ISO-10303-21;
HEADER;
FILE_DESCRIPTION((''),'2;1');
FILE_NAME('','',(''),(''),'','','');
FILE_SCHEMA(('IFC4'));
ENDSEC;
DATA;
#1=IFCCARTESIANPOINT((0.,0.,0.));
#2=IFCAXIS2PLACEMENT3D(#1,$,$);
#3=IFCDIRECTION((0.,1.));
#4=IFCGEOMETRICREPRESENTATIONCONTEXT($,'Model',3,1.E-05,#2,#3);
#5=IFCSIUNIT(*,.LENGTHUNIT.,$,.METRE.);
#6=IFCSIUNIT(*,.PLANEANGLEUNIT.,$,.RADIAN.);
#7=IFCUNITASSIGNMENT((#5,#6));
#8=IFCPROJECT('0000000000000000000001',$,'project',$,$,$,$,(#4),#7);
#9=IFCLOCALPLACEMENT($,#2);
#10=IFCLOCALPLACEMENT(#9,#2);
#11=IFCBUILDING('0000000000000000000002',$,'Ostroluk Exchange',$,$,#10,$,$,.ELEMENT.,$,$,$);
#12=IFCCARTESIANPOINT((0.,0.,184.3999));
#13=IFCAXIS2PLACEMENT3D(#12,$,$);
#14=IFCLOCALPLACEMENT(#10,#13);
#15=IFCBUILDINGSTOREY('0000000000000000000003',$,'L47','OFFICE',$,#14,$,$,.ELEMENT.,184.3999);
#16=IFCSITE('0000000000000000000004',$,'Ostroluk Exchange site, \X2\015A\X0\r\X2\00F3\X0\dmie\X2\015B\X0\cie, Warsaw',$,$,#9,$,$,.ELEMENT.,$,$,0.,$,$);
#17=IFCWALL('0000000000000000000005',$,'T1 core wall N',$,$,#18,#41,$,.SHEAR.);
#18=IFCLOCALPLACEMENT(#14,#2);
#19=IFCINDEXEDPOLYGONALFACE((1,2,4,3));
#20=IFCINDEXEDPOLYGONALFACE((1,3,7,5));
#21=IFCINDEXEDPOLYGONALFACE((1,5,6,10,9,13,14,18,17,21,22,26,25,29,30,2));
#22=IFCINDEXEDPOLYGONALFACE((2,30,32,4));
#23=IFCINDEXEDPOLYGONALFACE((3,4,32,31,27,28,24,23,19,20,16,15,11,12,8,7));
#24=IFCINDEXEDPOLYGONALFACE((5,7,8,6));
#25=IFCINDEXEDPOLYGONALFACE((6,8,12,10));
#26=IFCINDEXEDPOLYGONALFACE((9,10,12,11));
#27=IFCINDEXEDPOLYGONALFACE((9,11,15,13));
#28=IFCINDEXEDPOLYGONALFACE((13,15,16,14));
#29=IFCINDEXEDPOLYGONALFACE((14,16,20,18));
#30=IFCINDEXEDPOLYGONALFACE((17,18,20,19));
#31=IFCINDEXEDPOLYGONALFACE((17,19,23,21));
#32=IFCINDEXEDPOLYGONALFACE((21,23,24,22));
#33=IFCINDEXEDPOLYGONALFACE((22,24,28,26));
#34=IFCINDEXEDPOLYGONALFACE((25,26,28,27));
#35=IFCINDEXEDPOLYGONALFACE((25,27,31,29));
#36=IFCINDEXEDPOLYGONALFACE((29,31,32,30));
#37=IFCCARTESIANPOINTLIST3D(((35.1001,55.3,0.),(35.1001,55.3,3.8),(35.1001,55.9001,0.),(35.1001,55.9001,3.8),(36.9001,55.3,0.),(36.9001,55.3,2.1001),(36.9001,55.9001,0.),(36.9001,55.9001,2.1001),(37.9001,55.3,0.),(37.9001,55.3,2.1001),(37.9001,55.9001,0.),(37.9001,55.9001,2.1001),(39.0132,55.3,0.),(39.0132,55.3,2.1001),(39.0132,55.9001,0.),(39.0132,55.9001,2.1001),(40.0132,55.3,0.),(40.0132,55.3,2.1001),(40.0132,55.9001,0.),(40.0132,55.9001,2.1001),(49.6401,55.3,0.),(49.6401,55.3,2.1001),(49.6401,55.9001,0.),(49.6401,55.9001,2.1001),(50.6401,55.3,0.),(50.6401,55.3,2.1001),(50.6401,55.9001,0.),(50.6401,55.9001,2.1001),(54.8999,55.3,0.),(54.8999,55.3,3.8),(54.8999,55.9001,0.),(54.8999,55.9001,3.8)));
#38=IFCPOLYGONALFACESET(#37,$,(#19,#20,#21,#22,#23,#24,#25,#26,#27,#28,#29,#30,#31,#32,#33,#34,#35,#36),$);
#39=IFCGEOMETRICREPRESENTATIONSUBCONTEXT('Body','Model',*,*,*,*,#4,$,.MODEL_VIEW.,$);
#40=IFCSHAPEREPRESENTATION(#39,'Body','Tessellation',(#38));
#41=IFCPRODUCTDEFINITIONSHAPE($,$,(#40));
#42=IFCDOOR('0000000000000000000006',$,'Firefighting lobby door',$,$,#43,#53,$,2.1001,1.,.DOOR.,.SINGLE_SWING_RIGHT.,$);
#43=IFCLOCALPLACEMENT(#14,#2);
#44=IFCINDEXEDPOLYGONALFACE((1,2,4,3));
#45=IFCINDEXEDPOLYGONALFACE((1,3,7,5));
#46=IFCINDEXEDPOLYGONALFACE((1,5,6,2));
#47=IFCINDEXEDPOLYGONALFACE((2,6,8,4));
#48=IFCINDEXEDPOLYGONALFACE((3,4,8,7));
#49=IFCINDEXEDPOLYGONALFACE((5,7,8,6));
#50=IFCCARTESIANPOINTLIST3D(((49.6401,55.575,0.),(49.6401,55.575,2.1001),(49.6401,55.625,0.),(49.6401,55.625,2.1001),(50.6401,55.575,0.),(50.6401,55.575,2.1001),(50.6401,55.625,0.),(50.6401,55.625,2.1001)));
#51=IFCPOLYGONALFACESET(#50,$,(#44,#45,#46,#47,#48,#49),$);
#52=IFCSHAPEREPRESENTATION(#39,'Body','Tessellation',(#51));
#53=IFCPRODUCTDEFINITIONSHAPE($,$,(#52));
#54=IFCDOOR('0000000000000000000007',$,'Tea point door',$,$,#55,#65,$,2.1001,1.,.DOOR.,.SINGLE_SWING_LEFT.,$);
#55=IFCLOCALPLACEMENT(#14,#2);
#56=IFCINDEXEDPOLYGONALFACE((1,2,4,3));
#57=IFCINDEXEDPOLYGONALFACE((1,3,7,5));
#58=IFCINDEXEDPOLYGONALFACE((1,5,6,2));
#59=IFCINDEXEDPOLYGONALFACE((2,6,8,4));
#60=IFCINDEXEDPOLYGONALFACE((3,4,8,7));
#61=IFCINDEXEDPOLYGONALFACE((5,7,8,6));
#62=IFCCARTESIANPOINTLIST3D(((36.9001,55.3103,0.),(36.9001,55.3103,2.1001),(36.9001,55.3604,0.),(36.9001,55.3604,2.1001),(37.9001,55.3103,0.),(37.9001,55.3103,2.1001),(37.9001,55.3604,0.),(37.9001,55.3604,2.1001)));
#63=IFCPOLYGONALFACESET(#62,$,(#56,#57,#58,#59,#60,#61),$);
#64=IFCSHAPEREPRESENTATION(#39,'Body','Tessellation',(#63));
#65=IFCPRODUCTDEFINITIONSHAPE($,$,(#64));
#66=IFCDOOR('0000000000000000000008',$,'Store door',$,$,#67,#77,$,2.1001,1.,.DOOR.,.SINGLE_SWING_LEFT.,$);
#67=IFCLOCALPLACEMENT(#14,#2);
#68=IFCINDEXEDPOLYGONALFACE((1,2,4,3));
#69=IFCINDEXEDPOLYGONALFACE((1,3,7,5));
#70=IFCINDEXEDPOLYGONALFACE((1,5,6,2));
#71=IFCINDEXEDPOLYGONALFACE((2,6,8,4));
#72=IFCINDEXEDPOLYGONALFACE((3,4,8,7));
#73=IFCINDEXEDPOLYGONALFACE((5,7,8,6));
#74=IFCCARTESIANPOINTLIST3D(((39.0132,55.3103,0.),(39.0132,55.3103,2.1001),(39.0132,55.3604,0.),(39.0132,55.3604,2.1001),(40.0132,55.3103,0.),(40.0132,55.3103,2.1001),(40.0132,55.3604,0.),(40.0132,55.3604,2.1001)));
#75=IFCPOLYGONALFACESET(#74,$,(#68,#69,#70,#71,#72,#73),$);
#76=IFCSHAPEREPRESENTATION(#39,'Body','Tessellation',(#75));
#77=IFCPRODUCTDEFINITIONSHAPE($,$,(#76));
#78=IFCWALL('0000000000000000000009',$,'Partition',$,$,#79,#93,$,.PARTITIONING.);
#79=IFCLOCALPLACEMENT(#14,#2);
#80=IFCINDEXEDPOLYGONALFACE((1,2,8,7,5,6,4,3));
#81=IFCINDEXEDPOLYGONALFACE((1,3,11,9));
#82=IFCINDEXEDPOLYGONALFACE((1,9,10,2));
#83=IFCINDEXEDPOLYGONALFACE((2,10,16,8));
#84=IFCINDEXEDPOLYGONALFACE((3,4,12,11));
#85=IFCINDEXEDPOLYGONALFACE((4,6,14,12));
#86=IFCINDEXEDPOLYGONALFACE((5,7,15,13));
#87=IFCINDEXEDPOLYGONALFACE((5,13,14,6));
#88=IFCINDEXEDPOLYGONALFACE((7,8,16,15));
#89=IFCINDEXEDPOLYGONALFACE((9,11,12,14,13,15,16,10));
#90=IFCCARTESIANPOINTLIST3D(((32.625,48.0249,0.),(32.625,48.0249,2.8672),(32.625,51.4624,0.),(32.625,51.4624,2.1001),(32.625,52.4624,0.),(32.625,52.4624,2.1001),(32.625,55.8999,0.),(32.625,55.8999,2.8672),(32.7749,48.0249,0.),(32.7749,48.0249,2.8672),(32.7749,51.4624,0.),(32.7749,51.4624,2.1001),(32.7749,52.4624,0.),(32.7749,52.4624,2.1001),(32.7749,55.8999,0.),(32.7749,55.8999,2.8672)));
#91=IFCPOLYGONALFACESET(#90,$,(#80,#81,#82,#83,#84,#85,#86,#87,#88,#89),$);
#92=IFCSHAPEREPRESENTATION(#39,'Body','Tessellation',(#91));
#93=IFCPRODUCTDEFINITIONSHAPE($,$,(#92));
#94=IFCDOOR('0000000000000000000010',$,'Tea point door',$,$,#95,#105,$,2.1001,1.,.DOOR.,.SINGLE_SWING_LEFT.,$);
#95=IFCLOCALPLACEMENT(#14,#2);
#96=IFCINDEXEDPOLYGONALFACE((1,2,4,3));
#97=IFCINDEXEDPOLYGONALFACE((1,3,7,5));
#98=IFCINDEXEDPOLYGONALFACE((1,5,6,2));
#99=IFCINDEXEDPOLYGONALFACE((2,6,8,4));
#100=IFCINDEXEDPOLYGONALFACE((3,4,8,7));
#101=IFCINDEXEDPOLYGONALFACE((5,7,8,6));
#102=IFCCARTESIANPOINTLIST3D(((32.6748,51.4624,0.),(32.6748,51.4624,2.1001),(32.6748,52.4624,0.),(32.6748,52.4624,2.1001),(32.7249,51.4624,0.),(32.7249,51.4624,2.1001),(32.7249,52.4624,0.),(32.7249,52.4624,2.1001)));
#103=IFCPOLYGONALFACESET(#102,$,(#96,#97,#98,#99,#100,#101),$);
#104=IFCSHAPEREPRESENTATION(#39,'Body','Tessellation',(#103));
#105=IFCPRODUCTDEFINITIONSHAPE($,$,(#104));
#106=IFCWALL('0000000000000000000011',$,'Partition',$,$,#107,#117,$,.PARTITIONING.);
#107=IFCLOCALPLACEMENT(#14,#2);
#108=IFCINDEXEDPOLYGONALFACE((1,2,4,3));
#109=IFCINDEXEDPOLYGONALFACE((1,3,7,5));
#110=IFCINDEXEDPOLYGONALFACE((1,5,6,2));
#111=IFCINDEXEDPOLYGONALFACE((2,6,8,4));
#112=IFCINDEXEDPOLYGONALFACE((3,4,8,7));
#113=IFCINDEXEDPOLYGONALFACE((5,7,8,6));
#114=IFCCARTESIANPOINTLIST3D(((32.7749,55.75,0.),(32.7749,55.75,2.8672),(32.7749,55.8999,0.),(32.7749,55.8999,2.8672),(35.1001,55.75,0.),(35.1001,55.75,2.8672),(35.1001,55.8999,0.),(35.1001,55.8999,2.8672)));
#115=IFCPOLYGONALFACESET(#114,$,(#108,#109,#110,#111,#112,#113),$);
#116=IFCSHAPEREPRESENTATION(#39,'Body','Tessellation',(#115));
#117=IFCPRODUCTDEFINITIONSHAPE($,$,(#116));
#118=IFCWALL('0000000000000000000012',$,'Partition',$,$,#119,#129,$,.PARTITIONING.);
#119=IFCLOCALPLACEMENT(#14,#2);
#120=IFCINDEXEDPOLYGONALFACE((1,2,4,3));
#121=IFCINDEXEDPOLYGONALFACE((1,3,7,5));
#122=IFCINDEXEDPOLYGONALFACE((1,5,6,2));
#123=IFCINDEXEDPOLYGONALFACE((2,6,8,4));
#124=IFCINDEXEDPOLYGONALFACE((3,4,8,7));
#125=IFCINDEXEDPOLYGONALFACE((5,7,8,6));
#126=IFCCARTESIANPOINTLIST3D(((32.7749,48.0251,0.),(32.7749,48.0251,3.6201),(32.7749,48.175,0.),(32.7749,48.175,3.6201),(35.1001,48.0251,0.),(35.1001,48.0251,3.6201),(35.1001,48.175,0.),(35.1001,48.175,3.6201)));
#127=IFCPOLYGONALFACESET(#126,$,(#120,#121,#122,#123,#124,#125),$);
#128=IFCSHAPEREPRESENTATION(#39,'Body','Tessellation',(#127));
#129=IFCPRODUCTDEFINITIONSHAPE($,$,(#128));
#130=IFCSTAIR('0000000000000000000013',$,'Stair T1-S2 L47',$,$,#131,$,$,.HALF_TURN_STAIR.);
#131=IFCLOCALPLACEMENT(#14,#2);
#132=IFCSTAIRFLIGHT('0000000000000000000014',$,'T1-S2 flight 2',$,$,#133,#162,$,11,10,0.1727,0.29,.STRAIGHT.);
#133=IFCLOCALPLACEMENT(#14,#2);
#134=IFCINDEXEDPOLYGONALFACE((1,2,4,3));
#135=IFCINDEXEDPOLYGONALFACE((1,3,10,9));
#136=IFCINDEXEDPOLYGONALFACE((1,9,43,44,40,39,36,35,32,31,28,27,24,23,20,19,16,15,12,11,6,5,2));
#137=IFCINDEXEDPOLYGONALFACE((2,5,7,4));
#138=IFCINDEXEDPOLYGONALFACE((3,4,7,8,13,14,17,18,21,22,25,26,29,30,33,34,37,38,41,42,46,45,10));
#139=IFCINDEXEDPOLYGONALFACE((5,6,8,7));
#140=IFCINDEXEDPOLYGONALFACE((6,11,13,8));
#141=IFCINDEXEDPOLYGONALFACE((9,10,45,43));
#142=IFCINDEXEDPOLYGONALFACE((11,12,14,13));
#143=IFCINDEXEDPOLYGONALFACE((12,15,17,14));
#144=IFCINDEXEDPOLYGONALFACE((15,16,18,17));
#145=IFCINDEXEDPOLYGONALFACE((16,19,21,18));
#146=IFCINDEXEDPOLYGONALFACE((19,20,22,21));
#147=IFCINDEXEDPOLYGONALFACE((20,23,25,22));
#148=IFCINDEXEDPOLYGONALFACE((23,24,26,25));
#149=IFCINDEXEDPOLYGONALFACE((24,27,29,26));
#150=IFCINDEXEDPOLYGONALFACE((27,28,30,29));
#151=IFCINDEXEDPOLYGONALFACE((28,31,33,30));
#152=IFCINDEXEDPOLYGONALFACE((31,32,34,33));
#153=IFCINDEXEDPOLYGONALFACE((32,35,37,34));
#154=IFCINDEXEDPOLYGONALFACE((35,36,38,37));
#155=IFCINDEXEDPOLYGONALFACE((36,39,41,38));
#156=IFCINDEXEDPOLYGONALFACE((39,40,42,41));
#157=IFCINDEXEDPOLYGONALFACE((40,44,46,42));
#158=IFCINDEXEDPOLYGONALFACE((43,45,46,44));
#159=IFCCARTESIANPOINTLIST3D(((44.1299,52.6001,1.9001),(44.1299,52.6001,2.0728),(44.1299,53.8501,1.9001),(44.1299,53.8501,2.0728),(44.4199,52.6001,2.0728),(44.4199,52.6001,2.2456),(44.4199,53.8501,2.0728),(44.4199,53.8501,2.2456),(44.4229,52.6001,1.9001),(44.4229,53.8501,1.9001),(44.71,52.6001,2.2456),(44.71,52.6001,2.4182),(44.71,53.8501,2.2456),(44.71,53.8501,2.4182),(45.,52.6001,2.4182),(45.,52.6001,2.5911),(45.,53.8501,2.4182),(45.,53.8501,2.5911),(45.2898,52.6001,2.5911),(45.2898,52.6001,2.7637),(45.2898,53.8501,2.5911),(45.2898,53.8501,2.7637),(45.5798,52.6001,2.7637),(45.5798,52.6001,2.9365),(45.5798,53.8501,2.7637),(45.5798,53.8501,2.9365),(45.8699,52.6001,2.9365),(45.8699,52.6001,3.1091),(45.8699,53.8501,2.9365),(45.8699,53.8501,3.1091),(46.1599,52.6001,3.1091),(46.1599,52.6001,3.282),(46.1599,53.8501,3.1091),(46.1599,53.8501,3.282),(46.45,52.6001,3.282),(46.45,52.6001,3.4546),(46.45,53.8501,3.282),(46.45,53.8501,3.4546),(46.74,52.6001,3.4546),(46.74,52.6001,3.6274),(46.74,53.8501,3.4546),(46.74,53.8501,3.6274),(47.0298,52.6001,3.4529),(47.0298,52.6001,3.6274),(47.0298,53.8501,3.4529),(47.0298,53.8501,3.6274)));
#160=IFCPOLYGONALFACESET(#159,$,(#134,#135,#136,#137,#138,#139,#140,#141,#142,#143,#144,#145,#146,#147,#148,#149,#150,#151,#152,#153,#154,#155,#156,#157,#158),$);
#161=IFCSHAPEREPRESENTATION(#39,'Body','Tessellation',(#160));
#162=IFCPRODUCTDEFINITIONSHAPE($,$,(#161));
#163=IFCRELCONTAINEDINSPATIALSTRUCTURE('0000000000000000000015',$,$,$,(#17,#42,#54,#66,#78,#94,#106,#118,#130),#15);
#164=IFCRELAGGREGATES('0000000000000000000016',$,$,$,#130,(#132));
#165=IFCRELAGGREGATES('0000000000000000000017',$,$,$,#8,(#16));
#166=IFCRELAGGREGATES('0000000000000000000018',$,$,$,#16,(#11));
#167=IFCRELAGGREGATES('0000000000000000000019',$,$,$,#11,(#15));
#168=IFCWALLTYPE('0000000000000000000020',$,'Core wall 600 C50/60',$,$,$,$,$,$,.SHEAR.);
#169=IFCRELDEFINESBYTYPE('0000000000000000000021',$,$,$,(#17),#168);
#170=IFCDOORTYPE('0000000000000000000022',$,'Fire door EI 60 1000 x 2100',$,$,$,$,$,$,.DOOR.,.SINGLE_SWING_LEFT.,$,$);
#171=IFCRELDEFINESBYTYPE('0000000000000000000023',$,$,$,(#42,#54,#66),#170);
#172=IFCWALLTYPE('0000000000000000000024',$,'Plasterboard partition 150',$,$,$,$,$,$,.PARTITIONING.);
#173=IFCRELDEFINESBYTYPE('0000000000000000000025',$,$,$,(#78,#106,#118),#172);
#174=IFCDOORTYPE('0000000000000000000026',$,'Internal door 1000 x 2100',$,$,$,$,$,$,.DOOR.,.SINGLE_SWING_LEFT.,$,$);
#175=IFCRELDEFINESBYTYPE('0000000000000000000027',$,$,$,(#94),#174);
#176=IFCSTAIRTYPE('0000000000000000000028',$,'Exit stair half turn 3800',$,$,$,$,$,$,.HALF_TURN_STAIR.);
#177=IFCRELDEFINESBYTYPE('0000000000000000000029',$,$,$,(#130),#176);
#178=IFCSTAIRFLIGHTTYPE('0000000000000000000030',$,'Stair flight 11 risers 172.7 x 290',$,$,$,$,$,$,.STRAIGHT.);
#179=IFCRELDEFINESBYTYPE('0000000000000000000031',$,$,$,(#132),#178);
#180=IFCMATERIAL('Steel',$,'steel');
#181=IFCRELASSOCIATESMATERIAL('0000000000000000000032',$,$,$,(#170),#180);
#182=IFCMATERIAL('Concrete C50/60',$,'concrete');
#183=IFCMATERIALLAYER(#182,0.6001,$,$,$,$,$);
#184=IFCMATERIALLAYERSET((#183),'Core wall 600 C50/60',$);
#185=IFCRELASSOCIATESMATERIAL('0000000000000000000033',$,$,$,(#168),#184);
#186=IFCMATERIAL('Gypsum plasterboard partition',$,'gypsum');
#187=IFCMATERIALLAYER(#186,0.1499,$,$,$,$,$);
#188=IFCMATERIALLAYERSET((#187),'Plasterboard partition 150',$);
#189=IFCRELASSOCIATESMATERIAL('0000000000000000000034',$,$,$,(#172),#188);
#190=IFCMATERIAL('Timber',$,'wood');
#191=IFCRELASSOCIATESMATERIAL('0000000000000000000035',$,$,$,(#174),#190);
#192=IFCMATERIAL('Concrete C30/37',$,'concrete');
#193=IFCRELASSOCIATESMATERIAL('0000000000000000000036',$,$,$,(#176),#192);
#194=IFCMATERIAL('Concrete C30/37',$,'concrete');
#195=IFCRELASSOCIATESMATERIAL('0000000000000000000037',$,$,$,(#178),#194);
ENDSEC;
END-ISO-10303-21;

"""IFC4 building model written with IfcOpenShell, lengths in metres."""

from ifc_helpers import new_model, si_unit, direction, frame, frame_2d, origin, place, context, subcontext, project, spatial, polyline, rectangle, outline, extrude, material, layer, layer_set, type_object, element, fill, aggregate, save


model = new_model("IFC4")

# Units and contexts
model_context = context("Model", 3, precision=1e-05, world=origin(), true_north=direction((0.0, 1.0)))
body_context = subcontext(model_context, "Body", "Model", "MODEL_VIEW")
ifc_project = project(units=[si_unit("LENGTHUNIT", "METRE"), si_unit("PLANEANGLEUNIT", "RADIAN")], contexts=[model_context])

# Site, building, storey
site_placement = place(None, origin())
site = spatial("IfcSite", under=ifc_project, at=site_placement, Name="Ostroluk Exchange site, Śródmieście, Warsaw", CompositionType="ELEMENT", RefElevation=0.0)
building_placement = place(site_placement, origin())
building = spatial("IfcBuilding", under=site, at=building_placement, Name="Ostroluk Exchange", CompositionType="ELEMENT")
storey_placement = place(building_placement, frame((0.0, 0.0, 184.3999)))
storey = spatial("IfcBuildingStorey", under=building, at=storey_placement, Name="L47", Description="OFFICE", CompositionType="ELEMENT", Elevation=184.3999)

# Wall, openings, doors
ifc_material_1 = material(Name="Steel", Category="steel")
door_type_1 = type_object("IfcDoorType", Name="Fire door EI 60 1000 x 2100", OperationType="SINGLE_SWING_LEFT", PredefinedType="DOOR", material=ifc_material_1)
ifc_material_2 = material(Name="Concrete C50/60", Category="concrete")
ifc_layer_1 = layer(ifc_material_2, 0.6001)
ifc_layer_set_1 = layer_set([ifc_layer_1], Name="Core wall 600 C50/60")
wall_type_1 = type_object("IfcWallType", Name="Core wall 600 C50/60", PredefinedType="SHEAR", material=ifc_layer_set_1)
wall_1_placement = place(storey_placement, frame((35.1001, 55.6001, 0.0), z_axis=(0.0, 0.0, 1.0), x_axis=(1.0, 0.0, 0.0)))
wall_1 = element("IfcWall", 1, at=wall_1_placement, inside=storey, type_object=wall_type_1, Name="T1 core wall N", PredefinedType="SHEAR", context=body_context, shape_type="SweptSolid", body=[
    extrude(rectangle(XDim=19.7998, YDim=0.6001, at=frame_2d((9.8999, 0.0))), origin(), (0.0, 0.0, 1.0), 3.8),
])
opening_1_placement = place(wall_1_placement, frame((14.54, 0.0, 0.0)))
opening_1 = element("IfcOpeningElement", 2, at=opening_1_placement, cuts=wall_1, PredefinedType="OPENING", context=body_context, shape_type="SweptSolid", body=[
    extrude(rectangle(XDim=1.0, YDim=2.1001, at=frame_2d((0.5, 1.05))), frame((0.0, 0.3101, 0.0), z_axis=(0.0, -1.0, 0.0), x_axis=(1.0, 0.0, 0.0)), (0.0, 0.0, 1.0), 0.6201),
])
opening_2_placement = place(wall_1_placement, frame((1.8, 0.0, 0.0)))
opening_2 = element("IfcOpeningElement", 3, at=opening_2_placement, cuts=wall_1, PredefinedType="OPENING", context=body_context, shape_type="SweptSolid", body=[
    extrude(rectangle(XDim=1.0, YDim=2.1001, at=frame_2d((0.5, 1.05))), frame((0.0, 0.3101, 0.0), z_axis=(0.0, -1.0, 0.0), x_axis=(1.0, 0.0, 0.0)), (0.0, 0.0, 1.0), 0.6201),
])
opening_3_placement = place(wall_1_placement, frame((3.9131, 0.0, 0.0)))
opening_3 = element("IfcOpeningElement", 4, at=opening_3_placement, cuts=wall_1, PredefinedType="OPENING", context=body_context, shape_type="SweptSolid", body=[
    extrude(rectangle(XDim=1.0, YDim=2.1001, at=frame_2d((0.5, 1.05))), frame((0.0, 0.3101, 0.0), z_axis=(0.0, -1.0, 0.0), x_axis=(1.0, 0.0, 0.0)), (0.0, 0.0, 1.0), 0.6201),
])
door_1_placement = place(opening_1_placement, origin())
door_1 = element("IfcDoor", 5, at=door_1_placement, inside=storey, type_object=door_type_1, Name="Firefighting lobby door", OperationType="SINGLE_SWING_RIGHT", OverallHeight=2.1001, OverallWidth=1.0, PredefinedType="DOOR", context=body_context, shape_type="SweptSolid", body=[
    extrude(rectangle(XDim=1.0, YDim=2.1001, at=frame_2d((0.5, 1.05))), frame((0.0, 0.0249, 0.0), z_axis=(0.0, -1.0, 0.0), x_axis=(1.0, 0.0, 0.0)), (0.0, 0.0, 1.0), 0.05),
])
fill(opening_1, door_1)
door_2_placement = place(opening_2_placement, origin())
door_2 = element("IfcDoor", 6, at=door_2_placement, inside=storey, type_object=door_type_1, Name="Tea point door", OperationType="SINGLE_SWING_LEFT", OverallHeight=2.1001, OverallWidth=1.0, PredefinedType="DOOR", context=body_context, shape_type="SweptSolid", body=[
    extrude(rectangle(XDim=1.0, YDim=2.1001, at=frame_2d((0.5, 1.05))), frame((0.0, -0.2397, 0.0), z_axis=(0.0, -1.0, 0.0), x_axis=(1.0, 0.0, 0.0)), (0.0, 0.0, 1.0), 0.05),
])
fill(opening_2, door_2)
door_3_placement = place(opening_3_placement, origin())
door_3 = element("IfcDoor", 7, at=door_3_placement, inside=storey, type_object=door_type_1, Name="Store door", OperationType="SINGLE_SWING_LEFT", OverallHeight=2.1001, OverallWidth=1.0, PredefinedType="DOOR", context=body_context, shape_type="SweptSolid", body=[
    extrude(rectangle(XDim=1.0, YDim=2.1001, at=frame_2d((0.5, 1.05))), frame((0.0, -0.2397, 0.0), z_axis=(0.0, -1.0, 0.0), x_axis=(1.0, 0.0, 0.0)), (0.0, 0.0, 1.0), 0.05),
])
fill(opening_3, door_3)

# Wall, opening, door
ifc_material_3 = material(Name="Gypsum plasterboard partition", Category="gypsum")
ifc_layer_2 = layer(ifc_material_3, 0.1499)
ifc_layer_set_2 = layer_set([ifc_layer_2], Name="Plasterboard partition 150")
wall_type_2 = type_object("IfcWallType", Name="Plasterboard partition 150", PredefinedType="PARTITIONING", material=ifc_layer_set_2)
wall_2_placement = place(storey_placement, frame((32.7, 55.8999, 0.0), z_axis=(0.0, 0.0, 1.0), x_axis=(0.0, -1.0, 0.0)))
wall_2 = element("IfcWall", 8, at=wall_2_placement, inside=storey, type_object=wall_type_2, Name="Partition", PredefinedType="PARTITIONING", context=body_context, shape_type="SweptSolid", body=[
    extrude(rectangle(XDim=7.875, YDim=0.1499, at=frame_2d((3.9375, 0.0))), origin(), (0.0, 0.0, 1.0), 2.8672),
])
opening_4_placement = place(wall_2_placement, frame((3.4375, 0.0, 0.0)))
opening_4 = element("IfcOpeningElement", 9, at=opening_4_placement, cuts=wall_2, PredefinedType="OPENING", context=body_context, shape_type="SweptSolid", body=[
    extrude(rectangle(XDim=1.0, YDim=2.1001, at=frame_2d((0.5, 1.05))), frame((0.0, 0.085, 0.0), z_axis=(0.0, -1.0, 0.0), x_axis=(1.0, 0.0, 0.0)), (0.0, 0.0, 1.0), 0.1699),
])
ifc_material_4 = material(Name="Timber", Category="wood")
door_type_2 = type_object("IfcDoorType", Name="Internal door 1000 x 2100", OperationType="SINGLE_SWING_LEFT", PredefinedType="DOOR", material=ifc_material_4)
door_4_placement = place(opening_4_placement, origin())
door_4 = element("IfcDoor", 10, at=door_4_placement, inside=storey, type_object=door_type_2, Name="Tea point door", OperationType="SINGLE_SWING_LEFT", OverallHeight=2.1001, OverallWidth=1.0, PredefinedType="DOOR", context=body_context, shape_type="SweptSolid", body=[
    extrude(rectangle(XDim=1.0, YDim=2.1001, at=frame_2d((0.5, 1.05))), frame((0.0, 0.0249, 0.0), z_axis=(0.0, -1.0, 0.0), x_axis=(1.0, 0.0, 0.0)), (0.0, 0.0, 1.0), 0.05),
])
fill(opening_4, door_4)

# Walls
wall_3_placement = place(storey_placement, frame((35.1001, 55.825, 0.0), z_axis=(0.0, 0.0, 1.0), x_axis=(-1.0, 0.0, 0.0)))
element("IfcWall", 11, at=wall_3_placement, inside=storey, type_object=wall_type_2, Name="Partition", PredefinedType="PARTITIONING", context=body_context, shape_type="SweptSolid", body=[
    extrude(rectangle(XDim=2.3252, YDim=0.1499, at=frame_2d((1.1626, 0.0))), origin(), (0.0, 0.0, 1.0), 2.8672),
])
wall_4_placement = place(storey_placement, frame((35.1001, 48.1001, 0.0), z_axis=(0.0, 0.0, 1.0), x_axis=(-1.0, 0.0, 0.0)))
element("IfcWall", 12, at=wall_4_placement, inside=storey, type_object=wall_type_2, Name="Partition", PredefinedType="PARTITIONING", context=body_context, shape_type="SweptSolid", body=[
    extrude(rectangle(XDim=2.3252, YDim=0.1499, at=frame_2d((1.1626, 0.0))), origin(), (0.0, 0.0, 1.0), 3.6201),
])

# Stair, stair flight
ifc_material_5 = material(Name="Concrete C30/37", Category="concrete")
stair_type = type_object("IfcStairType", Name="Exit stair half turn 3800", PredefinedType="HALF_TURN_STAIR", material=ifc_material_5)
stair_placement = place(storey_placement, origin())
stair = element("IfcStair", 13, at=stair_placement, inside=storey, type_object=stair_type, Name="Stair T1-S2 L47", PredefinedType="HALF_TURN_STAIR")
ifc_material_6 = material(Name="Concrete C30/37", Category="concrete")
stair_flight_type = type_object("IfcStairFlightType", Name="Stair flight 11 risers 172.7 x 290", PredefinedType="STRAIGHT", material=ifc_material_6)
stair_flight_placement = place(storey_placement, frame((44.1299, 53.2251, 1.9001), z_axis=(0.0, 0.0, 1.0), x_axis=(1.0, 0.0, 0.0)))
stair_flight = element("IfcStairFlight", 14, at=stair_flight_placement, type_object=stair_flight_type, Name="T1-S2 flight 2", NumberOfRisers=11, NumberOfTreads=10, PredefinedType="STRAIGHT", RiserHeight=0.1727, TreadLength=0.29, context=body_context, shape_type="SweptSolid", body=[
    extrude(outline(polyline([(0.0, 0.0), (0.0, 0.1726), (0.29, 0.1726), (0.29, 0.3455), (0.5801, 0.3455), (0.5801, 0.5181), (0.8701, 0.5181), (0.8701, 0.6909), (1.1599, 0.6909), (1.1599, 0.8635), (1.45, 0.8635), (1.45, 1.0364), (1.74, 1.0364), (1.74, 1.209), (2.03, 1.209), (2.03, 1.3818), (2.3201, 1.3818), (2.3201, 1.5544), (2.6101, 1.5544), (2.6101, 1.7273), (2.8999, 1.7273), (2.8999, 1.8999), (2.8999, 1.5527), (0.293, 0.0), (0.0, 0.0)])), frame((0.0, 0.625, 0.0), z_axis=(0.0, -1.0, 0.0), x_axis=(1.0, 0.0, 0.0)), (0.0, 0.0, 1.0), 1.25),
])
aggregate(stair, [stair_flight])

save(model, "model.ifc")
